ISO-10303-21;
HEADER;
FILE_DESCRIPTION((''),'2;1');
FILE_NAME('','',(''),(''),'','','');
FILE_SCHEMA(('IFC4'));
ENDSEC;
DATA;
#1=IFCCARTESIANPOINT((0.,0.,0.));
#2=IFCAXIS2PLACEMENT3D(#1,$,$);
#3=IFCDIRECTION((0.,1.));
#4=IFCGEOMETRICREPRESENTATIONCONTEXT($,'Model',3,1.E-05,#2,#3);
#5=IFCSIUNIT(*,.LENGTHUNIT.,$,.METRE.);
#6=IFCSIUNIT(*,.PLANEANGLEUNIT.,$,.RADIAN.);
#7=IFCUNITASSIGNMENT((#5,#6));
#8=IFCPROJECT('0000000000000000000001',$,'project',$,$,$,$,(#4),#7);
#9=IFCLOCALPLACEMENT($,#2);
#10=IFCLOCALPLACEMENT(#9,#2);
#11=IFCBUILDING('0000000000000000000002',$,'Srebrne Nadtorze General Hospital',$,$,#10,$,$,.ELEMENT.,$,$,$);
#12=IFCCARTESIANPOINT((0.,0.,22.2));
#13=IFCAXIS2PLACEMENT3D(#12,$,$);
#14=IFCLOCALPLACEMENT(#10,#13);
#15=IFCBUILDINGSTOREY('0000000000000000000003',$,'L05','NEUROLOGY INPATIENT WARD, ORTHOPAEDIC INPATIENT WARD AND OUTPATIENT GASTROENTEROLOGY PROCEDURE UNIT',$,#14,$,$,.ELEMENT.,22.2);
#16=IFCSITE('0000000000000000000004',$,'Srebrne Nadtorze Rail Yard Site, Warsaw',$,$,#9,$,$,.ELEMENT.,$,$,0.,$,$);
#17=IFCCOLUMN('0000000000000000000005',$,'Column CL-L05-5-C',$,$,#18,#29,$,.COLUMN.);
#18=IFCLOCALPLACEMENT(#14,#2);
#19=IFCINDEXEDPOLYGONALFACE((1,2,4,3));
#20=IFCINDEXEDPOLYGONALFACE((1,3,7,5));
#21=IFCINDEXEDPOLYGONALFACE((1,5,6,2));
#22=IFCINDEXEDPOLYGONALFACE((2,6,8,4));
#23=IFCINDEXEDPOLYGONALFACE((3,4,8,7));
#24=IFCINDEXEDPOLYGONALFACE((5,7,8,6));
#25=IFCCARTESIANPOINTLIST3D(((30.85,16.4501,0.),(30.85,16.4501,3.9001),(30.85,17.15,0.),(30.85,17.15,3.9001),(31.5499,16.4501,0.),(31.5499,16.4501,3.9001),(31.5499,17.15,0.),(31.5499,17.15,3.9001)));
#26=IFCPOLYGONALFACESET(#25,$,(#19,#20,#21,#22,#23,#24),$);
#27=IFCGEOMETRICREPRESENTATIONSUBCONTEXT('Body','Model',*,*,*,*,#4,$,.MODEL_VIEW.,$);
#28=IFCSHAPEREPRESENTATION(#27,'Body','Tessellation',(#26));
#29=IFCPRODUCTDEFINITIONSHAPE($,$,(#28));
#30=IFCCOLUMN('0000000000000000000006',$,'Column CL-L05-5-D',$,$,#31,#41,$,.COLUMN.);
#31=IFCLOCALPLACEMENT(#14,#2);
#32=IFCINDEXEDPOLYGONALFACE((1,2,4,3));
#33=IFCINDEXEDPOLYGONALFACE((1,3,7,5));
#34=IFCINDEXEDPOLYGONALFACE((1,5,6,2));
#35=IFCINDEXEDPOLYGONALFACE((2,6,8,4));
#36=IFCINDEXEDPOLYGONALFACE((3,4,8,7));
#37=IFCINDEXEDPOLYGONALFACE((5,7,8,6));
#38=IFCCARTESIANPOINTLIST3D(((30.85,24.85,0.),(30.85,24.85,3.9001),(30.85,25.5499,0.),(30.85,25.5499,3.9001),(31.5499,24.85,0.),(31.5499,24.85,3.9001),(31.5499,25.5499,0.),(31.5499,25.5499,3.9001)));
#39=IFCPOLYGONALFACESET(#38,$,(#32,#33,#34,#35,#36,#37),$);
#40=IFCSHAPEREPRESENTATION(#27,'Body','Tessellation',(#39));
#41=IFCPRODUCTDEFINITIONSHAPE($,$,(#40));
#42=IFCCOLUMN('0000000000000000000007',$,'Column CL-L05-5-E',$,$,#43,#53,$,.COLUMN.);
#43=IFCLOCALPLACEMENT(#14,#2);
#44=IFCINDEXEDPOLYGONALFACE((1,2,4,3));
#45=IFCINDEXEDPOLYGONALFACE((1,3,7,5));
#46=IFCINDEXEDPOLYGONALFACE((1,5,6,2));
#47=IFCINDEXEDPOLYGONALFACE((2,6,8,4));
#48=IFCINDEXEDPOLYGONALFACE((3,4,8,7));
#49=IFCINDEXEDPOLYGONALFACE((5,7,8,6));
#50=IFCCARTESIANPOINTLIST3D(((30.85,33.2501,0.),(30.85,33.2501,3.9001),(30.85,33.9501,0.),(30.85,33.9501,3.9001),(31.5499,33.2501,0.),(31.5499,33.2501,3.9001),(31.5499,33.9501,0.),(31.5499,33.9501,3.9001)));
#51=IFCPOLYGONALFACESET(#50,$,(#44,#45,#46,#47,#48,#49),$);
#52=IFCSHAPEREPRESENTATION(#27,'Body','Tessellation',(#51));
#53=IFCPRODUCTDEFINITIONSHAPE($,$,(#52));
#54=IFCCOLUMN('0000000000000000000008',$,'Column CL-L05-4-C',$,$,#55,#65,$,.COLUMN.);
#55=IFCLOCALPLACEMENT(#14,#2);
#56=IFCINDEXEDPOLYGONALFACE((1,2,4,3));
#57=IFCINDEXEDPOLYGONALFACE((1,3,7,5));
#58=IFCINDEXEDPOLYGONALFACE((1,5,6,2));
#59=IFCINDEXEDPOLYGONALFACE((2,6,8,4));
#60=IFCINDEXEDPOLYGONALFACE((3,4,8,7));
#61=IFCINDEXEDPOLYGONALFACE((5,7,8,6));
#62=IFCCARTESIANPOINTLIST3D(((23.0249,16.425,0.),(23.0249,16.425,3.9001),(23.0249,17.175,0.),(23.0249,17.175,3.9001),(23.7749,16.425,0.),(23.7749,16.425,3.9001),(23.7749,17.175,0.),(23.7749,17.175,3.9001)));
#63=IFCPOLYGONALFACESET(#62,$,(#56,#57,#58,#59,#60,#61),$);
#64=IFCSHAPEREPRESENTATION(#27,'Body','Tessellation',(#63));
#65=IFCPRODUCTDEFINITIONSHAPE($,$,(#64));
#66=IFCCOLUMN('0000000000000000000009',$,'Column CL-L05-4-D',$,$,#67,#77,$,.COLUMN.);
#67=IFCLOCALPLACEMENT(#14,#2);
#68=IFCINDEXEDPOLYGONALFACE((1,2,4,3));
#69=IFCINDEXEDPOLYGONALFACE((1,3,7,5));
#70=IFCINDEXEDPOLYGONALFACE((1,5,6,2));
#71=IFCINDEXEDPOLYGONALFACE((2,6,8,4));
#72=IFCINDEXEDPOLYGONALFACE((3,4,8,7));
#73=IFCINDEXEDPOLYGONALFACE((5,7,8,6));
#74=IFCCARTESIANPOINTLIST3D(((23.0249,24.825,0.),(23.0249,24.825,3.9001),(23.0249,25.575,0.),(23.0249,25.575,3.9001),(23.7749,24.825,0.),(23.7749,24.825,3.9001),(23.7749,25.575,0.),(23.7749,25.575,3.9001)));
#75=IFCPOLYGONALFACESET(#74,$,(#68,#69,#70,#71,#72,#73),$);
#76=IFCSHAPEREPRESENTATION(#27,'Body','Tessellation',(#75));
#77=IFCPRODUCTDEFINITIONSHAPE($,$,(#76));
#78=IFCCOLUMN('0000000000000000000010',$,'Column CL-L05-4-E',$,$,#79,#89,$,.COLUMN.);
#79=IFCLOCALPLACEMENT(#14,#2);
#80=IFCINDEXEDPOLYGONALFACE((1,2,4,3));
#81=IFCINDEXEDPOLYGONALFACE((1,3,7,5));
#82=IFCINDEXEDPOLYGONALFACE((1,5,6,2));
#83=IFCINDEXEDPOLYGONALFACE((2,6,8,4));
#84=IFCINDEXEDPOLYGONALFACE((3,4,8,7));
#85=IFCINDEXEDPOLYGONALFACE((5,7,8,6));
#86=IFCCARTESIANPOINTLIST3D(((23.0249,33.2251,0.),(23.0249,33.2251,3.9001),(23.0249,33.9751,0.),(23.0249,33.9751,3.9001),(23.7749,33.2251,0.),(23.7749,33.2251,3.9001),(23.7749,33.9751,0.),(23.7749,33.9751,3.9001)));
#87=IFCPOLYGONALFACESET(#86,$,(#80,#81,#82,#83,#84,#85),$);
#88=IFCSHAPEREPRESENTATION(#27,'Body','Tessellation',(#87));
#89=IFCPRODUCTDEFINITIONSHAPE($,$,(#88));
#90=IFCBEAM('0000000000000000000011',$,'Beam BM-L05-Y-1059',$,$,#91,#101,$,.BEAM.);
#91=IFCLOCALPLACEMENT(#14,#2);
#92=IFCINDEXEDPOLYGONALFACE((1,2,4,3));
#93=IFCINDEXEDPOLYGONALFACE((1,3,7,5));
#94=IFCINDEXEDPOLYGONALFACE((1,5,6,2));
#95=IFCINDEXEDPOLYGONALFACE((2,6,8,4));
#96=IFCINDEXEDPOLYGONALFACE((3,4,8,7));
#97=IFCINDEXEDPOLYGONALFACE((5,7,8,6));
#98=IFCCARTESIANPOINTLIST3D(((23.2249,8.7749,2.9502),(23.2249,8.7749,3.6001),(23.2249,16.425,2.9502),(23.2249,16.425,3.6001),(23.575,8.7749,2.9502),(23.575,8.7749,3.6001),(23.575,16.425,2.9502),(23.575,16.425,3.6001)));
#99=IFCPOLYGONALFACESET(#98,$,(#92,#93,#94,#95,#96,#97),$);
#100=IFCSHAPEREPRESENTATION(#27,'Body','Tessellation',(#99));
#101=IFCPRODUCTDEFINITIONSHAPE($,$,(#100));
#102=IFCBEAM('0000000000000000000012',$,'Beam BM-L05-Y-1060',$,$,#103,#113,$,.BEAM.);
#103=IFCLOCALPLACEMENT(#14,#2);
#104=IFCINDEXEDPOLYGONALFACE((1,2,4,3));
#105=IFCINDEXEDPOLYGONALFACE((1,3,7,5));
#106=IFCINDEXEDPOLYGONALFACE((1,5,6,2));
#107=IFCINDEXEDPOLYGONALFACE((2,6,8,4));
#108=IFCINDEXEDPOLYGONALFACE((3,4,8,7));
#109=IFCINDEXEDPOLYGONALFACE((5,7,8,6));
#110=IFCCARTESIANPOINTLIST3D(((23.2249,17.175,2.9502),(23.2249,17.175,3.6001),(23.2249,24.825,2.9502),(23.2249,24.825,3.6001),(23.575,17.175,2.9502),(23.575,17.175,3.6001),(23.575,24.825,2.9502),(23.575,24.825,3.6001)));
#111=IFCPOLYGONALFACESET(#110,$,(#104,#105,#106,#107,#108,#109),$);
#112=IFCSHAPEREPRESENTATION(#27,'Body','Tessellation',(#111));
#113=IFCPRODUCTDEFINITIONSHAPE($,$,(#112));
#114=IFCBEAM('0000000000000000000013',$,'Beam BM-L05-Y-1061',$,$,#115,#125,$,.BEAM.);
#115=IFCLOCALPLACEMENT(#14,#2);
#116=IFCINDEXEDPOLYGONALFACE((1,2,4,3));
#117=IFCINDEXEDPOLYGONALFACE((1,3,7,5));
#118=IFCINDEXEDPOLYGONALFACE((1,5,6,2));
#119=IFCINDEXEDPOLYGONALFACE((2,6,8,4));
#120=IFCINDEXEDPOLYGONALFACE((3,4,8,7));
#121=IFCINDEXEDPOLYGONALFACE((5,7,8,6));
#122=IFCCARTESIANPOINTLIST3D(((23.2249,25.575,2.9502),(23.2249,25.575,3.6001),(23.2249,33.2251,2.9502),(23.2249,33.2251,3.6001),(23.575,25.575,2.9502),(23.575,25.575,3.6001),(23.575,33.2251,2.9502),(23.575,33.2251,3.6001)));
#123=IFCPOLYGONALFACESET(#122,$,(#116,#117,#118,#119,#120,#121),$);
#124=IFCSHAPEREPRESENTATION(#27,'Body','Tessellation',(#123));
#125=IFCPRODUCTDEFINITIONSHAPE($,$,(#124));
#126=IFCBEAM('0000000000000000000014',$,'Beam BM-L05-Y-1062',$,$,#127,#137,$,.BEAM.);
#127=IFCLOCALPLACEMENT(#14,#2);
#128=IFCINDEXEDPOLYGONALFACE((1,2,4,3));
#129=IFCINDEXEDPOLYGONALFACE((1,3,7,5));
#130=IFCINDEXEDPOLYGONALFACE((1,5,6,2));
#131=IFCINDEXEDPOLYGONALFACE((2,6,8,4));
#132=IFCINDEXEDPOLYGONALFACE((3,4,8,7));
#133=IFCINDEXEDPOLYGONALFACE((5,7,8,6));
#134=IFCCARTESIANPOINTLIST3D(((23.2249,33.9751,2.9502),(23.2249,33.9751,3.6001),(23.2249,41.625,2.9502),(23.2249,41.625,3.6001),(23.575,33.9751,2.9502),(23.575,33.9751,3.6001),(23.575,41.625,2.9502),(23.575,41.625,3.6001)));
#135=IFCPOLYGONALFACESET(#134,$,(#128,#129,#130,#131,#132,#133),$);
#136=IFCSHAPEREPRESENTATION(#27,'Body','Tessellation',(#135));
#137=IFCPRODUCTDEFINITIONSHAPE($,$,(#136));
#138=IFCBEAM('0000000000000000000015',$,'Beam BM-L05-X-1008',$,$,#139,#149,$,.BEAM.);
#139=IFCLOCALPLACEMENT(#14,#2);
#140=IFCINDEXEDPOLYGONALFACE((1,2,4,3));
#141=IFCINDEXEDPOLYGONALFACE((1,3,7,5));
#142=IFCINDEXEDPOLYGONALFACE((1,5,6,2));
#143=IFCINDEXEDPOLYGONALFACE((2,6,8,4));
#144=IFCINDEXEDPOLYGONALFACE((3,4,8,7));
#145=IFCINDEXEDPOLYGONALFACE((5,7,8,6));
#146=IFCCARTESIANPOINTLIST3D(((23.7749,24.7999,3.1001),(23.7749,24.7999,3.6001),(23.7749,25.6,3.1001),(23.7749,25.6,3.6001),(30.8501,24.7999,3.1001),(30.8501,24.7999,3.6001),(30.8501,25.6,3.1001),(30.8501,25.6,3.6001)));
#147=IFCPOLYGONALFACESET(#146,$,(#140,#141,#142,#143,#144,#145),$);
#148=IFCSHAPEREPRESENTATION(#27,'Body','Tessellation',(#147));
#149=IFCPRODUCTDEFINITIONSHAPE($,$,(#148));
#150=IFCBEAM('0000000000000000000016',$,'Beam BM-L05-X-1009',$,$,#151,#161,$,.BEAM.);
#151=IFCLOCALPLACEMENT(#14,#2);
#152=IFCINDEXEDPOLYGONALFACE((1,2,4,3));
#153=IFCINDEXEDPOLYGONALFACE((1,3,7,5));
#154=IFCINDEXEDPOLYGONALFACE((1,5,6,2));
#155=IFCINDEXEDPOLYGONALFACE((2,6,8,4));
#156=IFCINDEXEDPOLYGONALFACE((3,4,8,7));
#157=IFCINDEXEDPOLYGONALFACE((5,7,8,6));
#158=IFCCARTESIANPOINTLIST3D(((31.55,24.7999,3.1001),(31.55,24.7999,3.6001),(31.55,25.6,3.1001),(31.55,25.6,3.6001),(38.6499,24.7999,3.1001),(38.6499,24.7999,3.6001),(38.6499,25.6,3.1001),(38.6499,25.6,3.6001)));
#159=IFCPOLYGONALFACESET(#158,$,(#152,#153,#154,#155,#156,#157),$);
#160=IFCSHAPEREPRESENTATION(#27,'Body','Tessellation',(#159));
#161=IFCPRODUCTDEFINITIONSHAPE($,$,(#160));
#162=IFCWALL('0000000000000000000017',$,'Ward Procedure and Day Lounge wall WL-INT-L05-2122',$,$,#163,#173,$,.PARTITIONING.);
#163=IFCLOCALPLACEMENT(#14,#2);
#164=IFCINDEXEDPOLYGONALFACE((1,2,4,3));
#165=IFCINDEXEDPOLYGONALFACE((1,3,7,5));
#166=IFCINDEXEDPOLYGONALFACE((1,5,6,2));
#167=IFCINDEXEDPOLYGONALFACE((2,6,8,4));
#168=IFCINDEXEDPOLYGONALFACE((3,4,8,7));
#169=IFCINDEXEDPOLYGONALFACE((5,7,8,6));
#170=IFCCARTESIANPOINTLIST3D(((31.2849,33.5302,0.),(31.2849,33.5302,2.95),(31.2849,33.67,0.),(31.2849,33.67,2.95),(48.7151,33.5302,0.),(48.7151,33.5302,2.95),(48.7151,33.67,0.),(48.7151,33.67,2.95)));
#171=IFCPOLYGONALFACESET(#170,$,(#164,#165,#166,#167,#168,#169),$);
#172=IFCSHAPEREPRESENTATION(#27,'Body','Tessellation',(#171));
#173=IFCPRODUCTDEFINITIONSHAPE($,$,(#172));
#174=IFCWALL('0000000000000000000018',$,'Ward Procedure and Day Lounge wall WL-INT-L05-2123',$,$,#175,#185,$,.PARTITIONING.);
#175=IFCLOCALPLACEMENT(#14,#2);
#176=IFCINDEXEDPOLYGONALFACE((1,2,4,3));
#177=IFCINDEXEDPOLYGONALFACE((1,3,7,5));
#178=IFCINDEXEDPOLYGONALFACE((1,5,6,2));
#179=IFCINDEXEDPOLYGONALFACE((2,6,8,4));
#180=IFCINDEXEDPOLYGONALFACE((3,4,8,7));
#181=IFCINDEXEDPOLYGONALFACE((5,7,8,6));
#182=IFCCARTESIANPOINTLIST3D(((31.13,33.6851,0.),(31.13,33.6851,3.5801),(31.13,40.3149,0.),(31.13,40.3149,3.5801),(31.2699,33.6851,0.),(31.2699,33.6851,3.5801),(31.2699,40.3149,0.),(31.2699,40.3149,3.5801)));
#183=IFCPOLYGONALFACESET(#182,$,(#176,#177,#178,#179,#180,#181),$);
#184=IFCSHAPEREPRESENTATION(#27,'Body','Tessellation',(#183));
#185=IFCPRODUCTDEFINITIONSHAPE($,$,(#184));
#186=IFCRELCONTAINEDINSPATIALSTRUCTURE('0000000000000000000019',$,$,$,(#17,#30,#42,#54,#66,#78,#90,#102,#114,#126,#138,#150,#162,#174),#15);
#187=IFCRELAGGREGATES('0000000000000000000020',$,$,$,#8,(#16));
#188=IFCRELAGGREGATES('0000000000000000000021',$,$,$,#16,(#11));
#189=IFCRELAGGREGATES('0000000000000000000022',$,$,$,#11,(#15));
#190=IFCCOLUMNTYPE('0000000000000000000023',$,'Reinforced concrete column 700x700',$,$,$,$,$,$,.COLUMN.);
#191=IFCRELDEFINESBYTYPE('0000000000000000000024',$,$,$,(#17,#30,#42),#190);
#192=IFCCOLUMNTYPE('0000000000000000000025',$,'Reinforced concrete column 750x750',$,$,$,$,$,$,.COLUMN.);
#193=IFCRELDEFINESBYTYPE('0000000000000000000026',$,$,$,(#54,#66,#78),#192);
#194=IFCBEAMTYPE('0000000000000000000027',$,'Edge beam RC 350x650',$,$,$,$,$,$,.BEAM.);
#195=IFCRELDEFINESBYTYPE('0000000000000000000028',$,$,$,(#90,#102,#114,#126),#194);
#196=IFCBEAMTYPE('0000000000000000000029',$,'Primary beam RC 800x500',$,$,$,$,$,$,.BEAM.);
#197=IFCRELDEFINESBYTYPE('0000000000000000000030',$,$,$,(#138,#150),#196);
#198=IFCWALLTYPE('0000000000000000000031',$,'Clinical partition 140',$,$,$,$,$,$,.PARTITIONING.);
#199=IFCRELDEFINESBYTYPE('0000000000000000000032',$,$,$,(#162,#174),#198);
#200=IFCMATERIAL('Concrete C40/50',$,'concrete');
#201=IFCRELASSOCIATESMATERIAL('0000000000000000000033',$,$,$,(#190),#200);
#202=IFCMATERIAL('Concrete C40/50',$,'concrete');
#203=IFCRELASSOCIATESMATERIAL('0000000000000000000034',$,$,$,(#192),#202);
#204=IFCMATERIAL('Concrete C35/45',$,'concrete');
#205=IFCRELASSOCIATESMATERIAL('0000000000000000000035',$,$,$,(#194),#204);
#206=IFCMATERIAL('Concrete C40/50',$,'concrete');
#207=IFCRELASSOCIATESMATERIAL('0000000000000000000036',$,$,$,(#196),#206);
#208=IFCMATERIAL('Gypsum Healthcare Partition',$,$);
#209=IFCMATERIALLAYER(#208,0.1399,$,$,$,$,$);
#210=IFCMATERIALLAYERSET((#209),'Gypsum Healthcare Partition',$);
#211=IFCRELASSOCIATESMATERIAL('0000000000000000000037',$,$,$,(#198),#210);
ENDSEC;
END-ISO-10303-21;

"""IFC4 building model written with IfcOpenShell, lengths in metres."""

from ifc_helpers import new_model, si_unit, direction, frame, frame_2d, origin, origin_2d, place, context, subcontext, project, spatial, rectangle, extrude, material, layer, layer_set, material_profile, profile_set, type_object, element, save


model = new_model("IFC4")

# Units and contexts
model_context = context("Model", 3, precision=1e-05, world=origin(), true_north=direction((0.0, 1.0)))
body_context = subcontext(model_context, "Body", "Model", "MODEL_VIEW")
ifc_project = project(units=[si_unit("LENGTHUNIT", "METRE"), si_unit("PLANEANGLEUNIT", "RADIAN")], contexts=[model_context])

# Site, building, storey
site_placement = place(None, origin())
site = spatial("IfcSite", under=ifc_project, at=site_placement, Name="Srebrne Nadtorze Rail Yard Site, Warsaw", CompositionType="ELEMENT", RefElevation=0.0)
building_placement = place(site_placement, origin())
building = spatial("IfcBuilding", under=site, at=building_placement, Name="Srebrne Nadtorze General Hospital", CompositionType="ELEMENT")
storey_placement = place(building_placement, frame((0.0, 0.0, 22.2)))
storey = spatial("IfcBuildingStorey", under=building, at=storey_placement, Name="L05", Description="NEUROLOGY INPATIENT WARD, ORTHOPAEDIC INPATIENT WARD AND OUTPATIENT GASTROENTEROLOGY PROCEDURE UNIT", CompositionType="ELEMENT", Elevation=22.2)

# Columns
ifc_material_1 = material(Name="Concrete C40/50", Category="concrete")
ifc_material_profile_1 = material_profile(ifc_material_1, rectangle(XDim=0.7, YDim=0.7, at=origin_2d()), Name="RC-COL-700x700")
ifc_profile_set_1 = profile_set([ifc_material_profile_1], Name="Concrete C40/50")
column_type_1 = type_object("IfcColumnType", Name="Reinforced concrete column 700x700", PredefinedType="COLUMN", material=ifc_profile_set_1)
for number, where, z_axis, x_axis, name in (
    (1, (31.2, 16.8, 0.0), (0.0, 0.0, 1.0), (1.0, 0.0, 0.0), "Column CL-L05-5-C"),
    (2, (31.2, 25.2, 0.0), (0.0, 0.0, 1.0), (1.0, 0.0, 0.0), "Column CL-L05-5-D"),
    (3, (31.2, 33.6001, 0.0), (0.0, 0.0, 1.0), (1.0, 0.0, 0.0), "Column CL-L05-5-E"),
):
    element("IfcColumn", number, at=place(storey_placement, frame(where, z_axis=z_axis, x_axis=x_axis)), inside=storey, type_object=column_type_1, Name=name, PredefinedType="COLUMN", context=body_context, shape_type="SweptSolid", body=[
        extrude(rectangle(XDim=0.7, YDim=0.7, at=origin_2d()), origin(), (0.0, 0.0, 1.0), 3.9001),
    ])
ifc_material_2 = material(Name="Concrete C40/50", Category="concrete")
ifc_material_profile_2 = material_profile(ifc_material_2, rectangle(XDim=0.75, YDim=0.75, at=origin_2d()), Name="RC-COL-750x750")
ifc_profile_set_2 = profile_set([ifc_material_profile_2], Name="Concrete C40/50")
column_type_2 = type_object("IfcColumnType", Name="Reinforced concrete column 750x750", PredefinedType="COLUMN", material=ifc_profile_set_2)
for number, where, z_axis, x_axis, name in (
    (4, (23.3999, 16.8, 0.0), (0.0, 0.0, 1.0), (1.0, 0.0, 0.0), "Column CL-L05-4-C"),
    (5, (23.3999, 25.2, 0.0), (0.0, 0.0, 1.0), (1.0, 0.0, 0.0), "Column CL-L05-4-D"),
    (6, (23.3999, 33.6001, 0.0), (0.0, 0.0, 1.0), (1.0, 0.0, 0.0), "Column CL-L05-4-E"),
):
    element("IfcColumn", number, at=place(storey_placement, frame(where, z_axis=z_axis, x_axis=x_axis)), inside=storey, type_object=column_type_2, Name=name, PredefinedType="COLUMN", context=body_context, shape_type="SweptSolid", body=[
        extrude(rectangle(XDim=0.75, YDim=0.75, at=origin_2d()), origin(), (0.0, 0.0, 1.0), 3.9001),
    ])

# Beams
ifc_material_3 = material(Name="Concrete C35/45", Category="concrete")
ifc_material_profile_3 = material_profile(ifc_material_3, rectangle(XDim=0.3501, YDim=0.6499, at=origin_2d()), Name="RC-BM-350x650")
ifc_profile_set_3 = profile_set([ifc_material_profile_3], Name="Concrete C35/45")
beam_type_1 = type_object("IfcBeamType", Name="Edge beam RC 350x650", PredefinedType="BEAM", material=ifc_profile_set_3)
beam_1_placement = place(storey_placement, frame((23.3999, 8.7749, 3.2751), z_axis=(0.0, 1.0, 0.0), x_axis=(-1.0, 0.0, 0.0)))
element("IfcBeam", 7, at=beam_1_placement, inside=storey, type_object=beam_type_1, Name="Beam BM-L05-Y-1059", PredefinedType="BEAM", context=body_context, shape_type="SweptSolid", body=[
    extrude(rectangle(XDim=0.3501, YDim=0.6499, at=origin_2d()), origin(), (0.0, 0.0, 1.0), 7.6501),
])
beam_2_placement = place(storey_placement, frame((23.3999, 17.175, 3.2751), z_axis=(0.0, 1.0, 0.0), x_axis=(-1.0, 0.0, 0.0)))
element("IfcBeam", 8, at=beam_2_placement, inside=storey, type_object=beam_type_1, Name="Beam BM-L05-Y-1060", PredefinedType="BEAM", context=body_context, shape_type="SweptSolid", body=[
    extrude(rectangle(XDim=0.3501, YDim=0.6499, at=origin_2d()), origin(), (0.0, 0.0, 1.0), 7.6499),
])
beam_3_placement = place(storey_placement, frame((23.3999, 25.575, 3.2751), z_axis=(0.0, 1.0, 0.0), x_axis=(-1.0, 0.0, 0.0)))
element("IfcBeam", 9, at=beam_3_placement, inside=storey, type_object=beam_type_1, Name="Beam BM-L05-Y-1061", PredefinedType="BEAM", context=body_context, shape_type="SweptSolid", body=[
    extrude(rectangle(XDim=0.3501, YDim=0.6499, at=origin_2d()), origin(), (0.0, 0.0, 1.0), 7.6501),
])
beam_4_placement = place(storey_placement, frame((23.3999, 33.9751, 3.2751), z_axis=(0.0, 1.0, 0.0), x_axis=(-1.0, 0.0, 0.0)))
element("IfcBeam", 10, at=beam_4_placement, inside=storey, type_object=beam_type_1, Name="Beam BM-L05-Y-1062", PredefinedType="BEAM", context=body_context, shape_type="SweptSolid", body=[
    extrude(rectangle(XDim=0.3501, YDim=0.6499, at=origin_2d()), origin(), (0.0, 0.0, 1.0), 7.6499),
])
ifc_material_4 = material(Name="Concrete C40/50", Category="concrete")
ifc_material_profile_4 = material_profile(ifc_material_4, rectangle(XDim=0.8, YDim=0.5, at=origin_2d()), Name="RC-BM-800x500")
ifc_profile_set_4 = profile_set([ifc_material_profile_4], Name="Concrete C40/50")
beam_type_2 = type_object("IfcBeamType", Name="Primary beam RC 800x500", PredefinedType="BEAM", material=ifc_profile_set_4)
beam_5_placement = place(storey_placement, frame((23.7749, 25.2, 3.3501), z_axis=(1.0, 0.0, 0.0), x_axis=(0.0, 1.0, 0.0)))
element("IfcBeam", 11, at=beam_5_placement, inside=storey, type_object=beam_type_2, Name="Beam BM-L05-X-1008", PredefinedType="BEAM", context=body_context, shape_type="SweptSolid", body=[
    extrude(rectangle(XDim=0.8, YDim=0.5, at=origin_2d()), origin(), (0.0, 0.0, 1.0), 7.0752),
])
beam_6_placement = place(storey_placement, frame((31.55, 25.2, 3.3501), z_axis=(1.0, 0.0, 0.0), x_axis=(0.0, 1.0, 0.0)))
element("IfcBeam", 12, at=beam_6_placement, inside=storey, type_object=beam_type_2, Name="Beam BM-L05-X-1009", PredefinedType="BEAM", context=body_context, shape_type="SweptSolid", body=[
    extrude(rectangle(XDim=0.8, YDim=0.5, at=origin_2d()), origin(), (0.0, 0.0, 1.0), 7.0999),
])

# Walls
ifc_material_5 = material(Name="Gypsum Healthcare Partition")
ifc_layer_1 = layer(ifc_material_5, 0.1399)
ifc_layer_set_1 = layer_set([ifc_layer_1], Name="Gypsum Healthcare Partition")
wall_type_1 = type_object("IfcWallType", Name="Clinical partition 140", PredefinedType="PARTITIONING", material=ifc_layer_set_1)
wall_1_placement = place(storey_placement, frame((31.2849, 33.6001, 0.0), z_axis=(0.0, 0.0, 1.0), x_axis=(1.0, 0.0, 0.0)))
element("IfcWall", 13, at=wall_1_placement, inside=storey, type_object=wall_type_1, Name="Ward Procedure and Day Lounge wall WL-INT-L05-2122", PredefinedType="PARTITIONING", context=body_context, shape_type="SweptSolid", body=[
    extrude(rectangle(XDim=17.4302, YDim=0.1399, at=frame_2d((8.7151, 0.0))), origin(), (0.0, 0.0, 1.0), 2.95),
])
wall_2_placement = place(storey_placement, frame((31.2, 33.6851, 0.0), z_axis=(0.0, 0.0, 1.0), x_axis=(0.0, 1.0, 0.0)))
element("IfcWall", 14, at=wall_2_placement, inside=storey, type_object=wall_type_1, Name="Ward Procedure and Day Lounge wall WL-INT-L05-2123", PredefinedType="PARTITIONING", context=body_context, shape_type="SweptSolid", body=[
    extrude(rectangle(XDim=6.6299, YDim=0.1399, at=frame_2d((3.3149, 0.0))), origin(), (0.0, 0.0, 1.0), 3.5801),
])

save(model, "model.ifc")
